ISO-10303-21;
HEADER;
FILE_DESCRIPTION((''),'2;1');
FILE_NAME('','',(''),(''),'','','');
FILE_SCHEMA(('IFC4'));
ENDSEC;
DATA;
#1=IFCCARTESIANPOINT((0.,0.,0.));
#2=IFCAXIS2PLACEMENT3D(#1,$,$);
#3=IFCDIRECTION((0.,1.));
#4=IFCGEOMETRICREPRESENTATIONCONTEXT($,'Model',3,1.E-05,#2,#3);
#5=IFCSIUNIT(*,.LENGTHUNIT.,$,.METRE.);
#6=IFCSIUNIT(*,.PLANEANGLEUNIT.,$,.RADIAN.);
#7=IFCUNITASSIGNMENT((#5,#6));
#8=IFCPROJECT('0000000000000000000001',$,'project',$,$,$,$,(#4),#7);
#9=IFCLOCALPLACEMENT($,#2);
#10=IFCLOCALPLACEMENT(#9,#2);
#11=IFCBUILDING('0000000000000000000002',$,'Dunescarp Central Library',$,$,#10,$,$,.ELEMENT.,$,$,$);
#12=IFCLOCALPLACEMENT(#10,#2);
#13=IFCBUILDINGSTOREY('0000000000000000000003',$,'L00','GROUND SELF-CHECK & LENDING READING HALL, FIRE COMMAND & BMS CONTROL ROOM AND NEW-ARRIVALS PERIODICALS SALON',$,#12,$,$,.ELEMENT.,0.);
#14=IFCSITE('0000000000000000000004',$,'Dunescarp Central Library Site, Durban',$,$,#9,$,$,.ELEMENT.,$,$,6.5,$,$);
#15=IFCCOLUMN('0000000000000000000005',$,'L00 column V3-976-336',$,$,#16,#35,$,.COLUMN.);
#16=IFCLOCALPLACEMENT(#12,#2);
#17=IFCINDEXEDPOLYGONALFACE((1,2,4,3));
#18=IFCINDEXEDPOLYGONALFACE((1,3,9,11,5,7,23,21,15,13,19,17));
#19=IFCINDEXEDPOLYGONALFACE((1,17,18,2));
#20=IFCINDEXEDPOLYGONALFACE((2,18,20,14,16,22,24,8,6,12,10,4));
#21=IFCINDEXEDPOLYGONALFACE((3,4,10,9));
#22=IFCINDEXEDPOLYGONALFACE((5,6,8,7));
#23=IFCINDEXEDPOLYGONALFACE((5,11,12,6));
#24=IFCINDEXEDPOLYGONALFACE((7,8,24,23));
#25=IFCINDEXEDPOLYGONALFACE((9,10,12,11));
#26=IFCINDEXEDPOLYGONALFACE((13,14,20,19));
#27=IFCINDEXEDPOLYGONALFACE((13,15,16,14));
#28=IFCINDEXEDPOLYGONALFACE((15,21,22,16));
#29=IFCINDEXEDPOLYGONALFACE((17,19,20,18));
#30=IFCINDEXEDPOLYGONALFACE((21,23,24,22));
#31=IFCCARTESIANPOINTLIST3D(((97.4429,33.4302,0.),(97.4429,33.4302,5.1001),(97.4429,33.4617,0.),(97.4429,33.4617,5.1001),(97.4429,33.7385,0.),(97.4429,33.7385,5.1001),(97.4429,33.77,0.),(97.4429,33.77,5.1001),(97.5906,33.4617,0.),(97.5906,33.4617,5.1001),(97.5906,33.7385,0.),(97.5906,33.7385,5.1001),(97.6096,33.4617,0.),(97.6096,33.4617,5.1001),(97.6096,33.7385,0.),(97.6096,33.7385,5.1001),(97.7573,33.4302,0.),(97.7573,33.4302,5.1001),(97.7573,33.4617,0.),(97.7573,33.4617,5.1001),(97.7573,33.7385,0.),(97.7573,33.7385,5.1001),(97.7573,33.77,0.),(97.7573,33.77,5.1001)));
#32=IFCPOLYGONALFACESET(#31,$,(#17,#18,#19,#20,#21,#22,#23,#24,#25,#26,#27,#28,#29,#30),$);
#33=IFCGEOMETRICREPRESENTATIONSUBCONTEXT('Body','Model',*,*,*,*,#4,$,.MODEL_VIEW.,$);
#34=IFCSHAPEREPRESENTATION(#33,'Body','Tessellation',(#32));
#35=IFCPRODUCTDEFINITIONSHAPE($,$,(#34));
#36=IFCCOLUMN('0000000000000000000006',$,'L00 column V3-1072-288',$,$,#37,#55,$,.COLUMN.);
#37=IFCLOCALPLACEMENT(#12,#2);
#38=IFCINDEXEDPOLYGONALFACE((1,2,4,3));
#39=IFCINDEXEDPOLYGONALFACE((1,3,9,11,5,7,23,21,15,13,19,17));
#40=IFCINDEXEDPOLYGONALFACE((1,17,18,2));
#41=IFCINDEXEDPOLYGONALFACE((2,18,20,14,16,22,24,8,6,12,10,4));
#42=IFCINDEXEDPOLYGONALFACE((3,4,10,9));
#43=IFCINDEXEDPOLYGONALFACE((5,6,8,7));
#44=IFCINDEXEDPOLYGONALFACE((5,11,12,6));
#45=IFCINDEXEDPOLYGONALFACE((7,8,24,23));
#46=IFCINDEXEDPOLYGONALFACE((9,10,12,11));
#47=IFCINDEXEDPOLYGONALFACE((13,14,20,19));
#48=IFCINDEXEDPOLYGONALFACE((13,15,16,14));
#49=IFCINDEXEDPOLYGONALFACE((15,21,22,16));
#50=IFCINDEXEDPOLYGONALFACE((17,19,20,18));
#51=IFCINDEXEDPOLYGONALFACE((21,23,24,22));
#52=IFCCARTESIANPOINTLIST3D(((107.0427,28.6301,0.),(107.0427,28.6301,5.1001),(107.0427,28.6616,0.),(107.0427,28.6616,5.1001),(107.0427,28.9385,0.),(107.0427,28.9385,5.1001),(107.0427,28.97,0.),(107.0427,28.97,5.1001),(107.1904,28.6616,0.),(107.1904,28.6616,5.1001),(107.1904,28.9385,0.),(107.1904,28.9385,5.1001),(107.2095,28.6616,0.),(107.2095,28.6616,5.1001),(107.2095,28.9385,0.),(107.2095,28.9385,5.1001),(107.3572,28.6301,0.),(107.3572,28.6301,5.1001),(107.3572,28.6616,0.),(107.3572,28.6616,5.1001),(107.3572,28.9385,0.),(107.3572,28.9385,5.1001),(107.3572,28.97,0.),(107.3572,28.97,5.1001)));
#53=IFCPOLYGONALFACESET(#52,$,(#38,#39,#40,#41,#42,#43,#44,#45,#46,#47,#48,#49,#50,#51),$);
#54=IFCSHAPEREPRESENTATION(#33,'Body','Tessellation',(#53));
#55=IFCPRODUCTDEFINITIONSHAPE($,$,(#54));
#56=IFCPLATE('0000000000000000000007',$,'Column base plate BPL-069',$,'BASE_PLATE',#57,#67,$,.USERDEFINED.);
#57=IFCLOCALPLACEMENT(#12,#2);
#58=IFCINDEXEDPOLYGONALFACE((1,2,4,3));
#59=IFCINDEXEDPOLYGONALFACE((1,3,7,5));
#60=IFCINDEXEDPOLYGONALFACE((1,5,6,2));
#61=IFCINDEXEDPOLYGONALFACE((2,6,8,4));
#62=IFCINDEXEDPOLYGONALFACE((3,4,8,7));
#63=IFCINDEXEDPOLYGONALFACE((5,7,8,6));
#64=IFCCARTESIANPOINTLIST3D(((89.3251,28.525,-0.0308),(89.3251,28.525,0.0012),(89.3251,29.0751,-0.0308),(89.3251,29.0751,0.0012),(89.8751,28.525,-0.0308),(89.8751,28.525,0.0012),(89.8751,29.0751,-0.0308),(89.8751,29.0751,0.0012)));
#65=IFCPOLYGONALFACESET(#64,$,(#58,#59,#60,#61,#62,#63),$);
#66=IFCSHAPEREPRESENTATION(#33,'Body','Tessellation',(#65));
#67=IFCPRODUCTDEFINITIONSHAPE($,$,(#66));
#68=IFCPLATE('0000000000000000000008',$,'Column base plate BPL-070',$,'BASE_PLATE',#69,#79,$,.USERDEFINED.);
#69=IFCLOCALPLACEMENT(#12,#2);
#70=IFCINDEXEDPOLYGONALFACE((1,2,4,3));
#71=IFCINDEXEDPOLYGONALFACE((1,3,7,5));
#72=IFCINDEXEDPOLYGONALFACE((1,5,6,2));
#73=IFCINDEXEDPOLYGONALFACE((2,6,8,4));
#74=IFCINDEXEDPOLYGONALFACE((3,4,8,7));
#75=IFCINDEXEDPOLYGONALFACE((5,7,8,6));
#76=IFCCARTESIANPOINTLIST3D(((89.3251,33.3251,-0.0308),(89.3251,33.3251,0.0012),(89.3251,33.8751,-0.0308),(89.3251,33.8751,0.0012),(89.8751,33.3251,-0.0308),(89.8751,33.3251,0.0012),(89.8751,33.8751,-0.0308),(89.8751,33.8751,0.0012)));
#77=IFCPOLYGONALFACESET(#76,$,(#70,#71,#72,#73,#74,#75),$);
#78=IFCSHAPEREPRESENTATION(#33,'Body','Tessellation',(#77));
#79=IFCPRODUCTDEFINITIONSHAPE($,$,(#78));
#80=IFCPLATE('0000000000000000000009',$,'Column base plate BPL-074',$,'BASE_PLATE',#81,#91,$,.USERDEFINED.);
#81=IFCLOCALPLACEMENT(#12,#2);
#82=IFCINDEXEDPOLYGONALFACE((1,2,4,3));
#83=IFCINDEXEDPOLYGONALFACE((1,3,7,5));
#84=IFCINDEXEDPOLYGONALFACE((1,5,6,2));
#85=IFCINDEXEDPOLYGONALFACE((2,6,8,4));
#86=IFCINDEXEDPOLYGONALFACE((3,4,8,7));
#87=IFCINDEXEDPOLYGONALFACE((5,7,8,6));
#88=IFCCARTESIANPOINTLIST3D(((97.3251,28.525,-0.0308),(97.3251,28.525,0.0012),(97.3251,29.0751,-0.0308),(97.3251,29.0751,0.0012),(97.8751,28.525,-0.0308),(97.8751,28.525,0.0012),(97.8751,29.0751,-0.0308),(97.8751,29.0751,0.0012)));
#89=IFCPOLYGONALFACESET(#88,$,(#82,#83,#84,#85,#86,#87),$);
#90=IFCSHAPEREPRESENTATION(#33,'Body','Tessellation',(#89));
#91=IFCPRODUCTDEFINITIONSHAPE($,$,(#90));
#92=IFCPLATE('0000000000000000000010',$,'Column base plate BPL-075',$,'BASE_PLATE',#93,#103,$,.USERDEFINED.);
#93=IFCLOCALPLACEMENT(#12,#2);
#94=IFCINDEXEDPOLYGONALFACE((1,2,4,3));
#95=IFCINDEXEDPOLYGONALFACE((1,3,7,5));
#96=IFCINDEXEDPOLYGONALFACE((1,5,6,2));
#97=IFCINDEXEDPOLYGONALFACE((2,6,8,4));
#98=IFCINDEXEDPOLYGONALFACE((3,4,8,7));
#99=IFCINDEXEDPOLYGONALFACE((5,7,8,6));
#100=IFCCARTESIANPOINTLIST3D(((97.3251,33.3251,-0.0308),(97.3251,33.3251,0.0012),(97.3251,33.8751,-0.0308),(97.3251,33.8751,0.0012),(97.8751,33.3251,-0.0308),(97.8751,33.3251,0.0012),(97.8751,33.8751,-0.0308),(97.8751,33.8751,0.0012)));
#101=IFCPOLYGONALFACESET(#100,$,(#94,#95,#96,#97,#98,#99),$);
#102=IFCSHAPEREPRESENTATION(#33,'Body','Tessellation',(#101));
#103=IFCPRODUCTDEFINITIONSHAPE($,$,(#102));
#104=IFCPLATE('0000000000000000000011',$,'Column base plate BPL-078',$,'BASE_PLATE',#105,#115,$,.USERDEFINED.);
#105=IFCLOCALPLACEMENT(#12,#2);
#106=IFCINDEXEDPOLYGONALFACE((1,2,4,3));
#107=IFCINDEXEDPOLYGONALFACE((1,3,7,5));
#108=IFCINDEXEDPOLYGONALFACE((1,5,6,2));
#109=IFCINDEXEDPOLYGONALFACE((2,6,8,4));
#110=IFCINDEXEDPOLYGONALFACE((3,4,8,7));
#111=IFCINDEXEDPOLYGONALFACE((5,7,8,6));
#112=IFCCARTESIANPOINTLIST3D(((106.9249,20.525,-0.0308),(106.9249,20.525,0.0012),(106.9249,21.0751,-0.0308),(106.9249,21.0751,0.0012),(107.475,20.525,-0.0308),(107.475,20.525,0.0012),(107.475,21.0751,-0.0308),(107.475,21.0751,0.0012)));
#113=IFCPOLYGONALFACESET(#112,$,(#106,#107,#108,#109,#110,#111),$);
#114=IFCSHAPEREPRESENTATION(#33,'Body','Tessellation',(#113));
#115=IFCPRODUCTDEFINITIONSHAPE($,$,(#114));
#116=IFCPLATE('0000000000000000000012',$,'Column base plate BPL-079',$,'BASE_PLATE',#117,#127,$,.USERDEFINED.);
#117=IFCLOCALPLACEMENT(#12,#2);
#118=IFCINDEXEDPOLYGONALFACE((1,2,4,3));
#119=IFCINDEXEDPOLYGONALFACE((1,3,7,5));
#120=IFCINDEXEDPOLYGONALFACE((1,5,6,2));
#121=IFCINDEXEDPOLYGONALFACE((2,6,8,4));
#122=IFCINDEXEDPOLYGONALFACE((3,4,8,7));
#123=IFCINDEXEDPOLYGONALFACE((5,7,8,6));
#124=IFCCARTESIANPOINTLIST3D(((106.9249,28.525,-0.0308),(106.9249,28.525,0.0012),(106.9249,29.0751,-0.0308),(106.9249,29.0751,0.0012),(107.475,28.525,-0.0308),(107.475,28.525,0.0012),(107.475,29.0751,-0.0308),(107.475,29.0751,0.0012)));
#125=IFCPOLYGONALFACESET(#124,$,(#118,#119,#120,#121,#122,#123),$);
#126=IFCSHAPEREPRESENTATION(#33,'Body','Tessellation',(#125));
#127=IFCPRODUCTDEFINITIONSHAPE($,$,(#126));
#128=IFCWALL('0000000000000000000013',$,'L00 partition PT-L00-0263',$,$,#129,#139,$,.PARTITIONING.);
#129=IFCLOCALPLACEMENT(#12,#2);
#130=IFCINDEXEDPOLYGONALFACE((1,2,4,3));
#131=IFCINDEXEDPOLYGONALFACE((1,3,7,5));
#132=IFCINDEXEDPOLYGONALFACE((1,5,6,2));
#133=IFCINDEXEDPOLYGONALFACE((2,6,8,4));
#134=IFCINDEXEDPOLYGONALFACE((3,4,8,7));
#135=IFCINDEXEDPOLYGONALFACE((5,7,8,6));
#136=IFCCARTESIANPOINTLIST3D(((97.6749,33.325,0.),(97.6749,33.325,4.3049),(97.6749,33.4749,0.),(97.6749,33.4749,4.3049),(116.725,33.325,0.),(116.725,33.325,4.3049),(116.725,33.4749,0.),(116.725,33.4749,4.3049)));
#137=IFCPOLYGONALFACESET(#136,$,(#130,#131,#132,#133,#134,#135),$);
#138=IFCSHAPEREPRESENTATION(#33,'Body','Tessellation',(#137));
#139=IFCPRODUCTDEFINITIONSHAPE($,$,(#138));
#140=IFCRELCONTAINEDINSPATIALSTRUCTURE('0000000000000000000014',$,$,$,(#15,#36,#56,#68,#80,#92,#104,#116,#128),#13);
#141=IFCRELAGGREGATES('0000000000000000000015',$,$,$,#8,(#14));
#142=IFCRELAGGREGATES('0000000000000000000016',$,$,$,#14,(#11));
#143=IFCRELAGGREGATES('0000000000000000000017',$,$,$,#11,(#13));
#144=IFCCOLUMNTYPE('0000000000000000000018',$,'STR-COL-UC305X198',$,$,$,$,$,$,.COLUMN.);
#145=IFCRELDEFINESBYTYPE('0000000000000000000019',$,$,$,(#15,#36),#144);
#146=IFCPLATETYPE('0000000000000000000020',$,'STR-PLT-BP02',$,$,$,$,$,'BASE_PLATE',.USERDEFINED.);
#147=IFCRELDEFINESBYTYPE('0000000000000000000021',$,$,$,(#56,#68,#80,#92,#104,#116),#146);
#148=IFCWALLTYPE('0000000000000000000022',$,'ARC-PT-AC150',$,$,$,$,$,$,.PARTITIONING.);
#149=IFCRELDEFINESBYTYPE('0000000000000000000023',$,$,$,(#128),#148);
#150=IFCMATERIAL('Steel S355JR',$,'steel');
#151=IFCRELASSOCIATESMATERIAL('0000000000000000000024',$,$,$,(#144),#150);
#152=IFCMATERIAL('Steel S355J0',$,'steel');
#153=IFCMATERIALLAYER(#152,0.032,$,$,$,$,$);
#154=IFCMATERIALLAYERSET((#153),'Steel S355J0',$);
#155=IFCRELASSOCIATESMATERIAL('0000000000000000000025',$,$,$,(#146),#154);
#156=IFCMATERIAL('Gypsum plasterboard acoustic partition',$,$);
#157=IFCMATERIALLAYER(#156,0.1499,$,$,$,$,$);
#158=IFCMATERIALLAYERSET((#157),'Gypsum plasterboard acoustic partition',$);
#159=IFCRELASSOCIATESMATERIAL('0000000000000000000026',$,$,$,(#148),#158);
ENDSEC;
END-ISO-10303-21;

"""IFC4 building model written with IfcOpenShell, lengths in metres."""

from ifc_helpers import new_model, si_unit, direction, frame, frame_2d, origin, origin_2d, place, context, subcontext, project, spatial, rectangle, i_section, extrude, material, layer, layer_set, material_profile, profile_set, type_object, element, save


model = new_model("IFC4")

# Units and contexts
model_context = context("Model", 3, precision=1e-05, world=origin(), true_north=direction((0.0, 1.0)))
body_context = subcontext(model_context, "Body", "Model", "MODEL_VIEW")
ifc_project = project(units=[si_unit("LENGTHUNIT", "METRE"), si_unit("PLANEANGLEUNIT", "RADIAN")], contexts=[model_context])

# Site, building, storey
site_placement = place(None, origin())
site = spatial("IfcSite", under=ifc_project, at=site_placement, Name="Dunescarp Central Library Site, Durban", CompositionType="ELEMENT", RefElevation=6.5)
building_placement = place(site_placement, origin())
building = spatial("IfcBuilding", under=site, at=building_placement, Name="Dunescarp Central Library", CompositionType="ELEMENT")
storey_placement = place(building_placement, origin())
storey = spatial("IfcBuildingStorey", under=building, at=storey_placement, Name="L00", Description="GROUND SELF-CHECK & LENDING READING HALL, FIRE COMMAND & BMS CONTROL ROOM AND NEW-ARRIVALS PERIODICALS SALON", CompositionType="ELEMENT", Elevation=0.0)

# Columns
ifc_material_1 = material(Name="Steel S355JR", Category="steel")
ifc_material_profile_1 = material_profile(ifc_material_1, i_section(OverallWidth=0.3145, OverallDepth=0.3398, WebThickness=0.019, FlangeThickness=0.0315, at=origin_2d()), Name="UC 305x305x198")
ifc_profile_set_1 = profile_set([ifc_material_profile_1], Name="Steel S355JR")
column_type = type_object("IfcColumnType", Name="STR-COL-UC305X198", PredefinedType="COLUMN", material=ifc_profile_set_1)
for number, where, z_axis, x_axis, name in (
    (1, (97.6001, 33.6001, 0.0), (0.0, 0.0, 1.0), (1.0, 0.0, 0.0), "L00 column V3-976-336"),
    (2, (107.2, 28.8, 0.0), (0.0, 0.0, 1.0), (1.0, 0.0, 0.0), "L00 column V3-1072-288"),
):
    element("IfcColumn", number, at=place(storey_placement, frame(where, z_axis=z_axis, x_axis=x_axis)), inside=storey, type_object=column_type, Name=name, PredefinedType="COLUMN", context=body_context, shape_type="SweptSolid", body=[
        extrude(i_section(OverallWidth=0.3145, OverallDepth=0.3398, WebThickness=0.019, FlangeThickness=0.0315, at=origin_2d()), origin(), (0.0, 0.0, 1.0), 5.1001),
    ])

# Plates
ifc_material_2 = material(Name="Steel S355J0", Category="steel")
ifc_layer_1 = layer(ifc_material_2, 0.032)
ifc_layer_set_1 = layer_set([ifc_layer_1], Name="Steel S355J0")
plate_type = type_object("IfcPlateType", Name="STR-PLT-BP02", ElementType="BASE_PLATE", PredefinedType="USERDEFINED", material=ifc_layer_set_1)
for number, where, z_axis, x_axis, name in (
    (3, (89.6001, 28.8, -0.0308), (0.0, 0.0, 1.0), (1.0, 0.0, 0.0), "Column base plate BPL-069"),
    (4, (89.6001, 33.6001, -0.0308), (0.0, 0.0, 1.0), (1.0, 0.0, 0.0), "Column base plate BPL-070"),
    (5, (97.6001, 28.8, -0.0308), (0.0, 0.0, 1.0), (1.0, 0.0, 0.0), "Column base plate BPL-074"),
    (6, (97.6001, 33.6001, -0.0308), (0.0, 0.0, 1.0), (1.0, 0.0, 0.0), "Column base plate BPL-075"),
    (7, (107.2, 20.8, -0.0308), (0.0, 0.0, 1.0), (1.0, 0.0, 0.0), "Column base plate BPL-078"),
    (8, (107.2, 28.8, -0.0308), (0.0, 0.0, 1.0), (1.0, 0.0, 0.0), "Column base plate BPL-079"),
):
    element("IfcPlate", number, at=place(storey_placement, frame(where, z_axis=z_axis, x_axis=x_axis)), inside=storey, type_object=plate_type, Name=name, ObjectType="BASE_PLATE", PredefinedType="USERDEFINED", context=body_context, shape_type="SweptSolid", body=[
        extrude(rectangle(XDim=0.55, YDim=0.55, at=origin_2d()), origin(), (0.0, 0.0, 1.0), 0.032),
    ])

# Wall
ifc_material_3 = material(Name="Gypsum plasterboard acoustic partition")
ifc_layer_2 = layer(ifc_material_3, 0.1499)
ifc_layer_set_2 = layer_set([ifc_layer_2], Name="Gypsum plasterboard acoustic partition")
wall_type = type_object("IfcWallType", Name="ARC-PT-AC150", PredefinedType="PARTITIONING", material=ifc_layer_set_2)
wall_placement = place(storey_placement, frame((97.675, 33.3999, 0.0), z_axis=(0.0, 0.0, 1.0), x_axis=(1.0, 0.0, 0.0)))
element("IfcWall", 9, at=wall_placement, inside=storey, type_object=wall_type, Name="L00 partition PT-L00-0263", PredefinedType="PARTITIONING", context=body_context, shape_type="SweptSolid", body=[
    extrude(rectangle(XDim=19.05, YDim=0.1499, at=frame_2d((9.5249, 0.0))), origin(), (0.0, 0.0, 1.0), 4.3049),
])

save(model, "model.ifc")
